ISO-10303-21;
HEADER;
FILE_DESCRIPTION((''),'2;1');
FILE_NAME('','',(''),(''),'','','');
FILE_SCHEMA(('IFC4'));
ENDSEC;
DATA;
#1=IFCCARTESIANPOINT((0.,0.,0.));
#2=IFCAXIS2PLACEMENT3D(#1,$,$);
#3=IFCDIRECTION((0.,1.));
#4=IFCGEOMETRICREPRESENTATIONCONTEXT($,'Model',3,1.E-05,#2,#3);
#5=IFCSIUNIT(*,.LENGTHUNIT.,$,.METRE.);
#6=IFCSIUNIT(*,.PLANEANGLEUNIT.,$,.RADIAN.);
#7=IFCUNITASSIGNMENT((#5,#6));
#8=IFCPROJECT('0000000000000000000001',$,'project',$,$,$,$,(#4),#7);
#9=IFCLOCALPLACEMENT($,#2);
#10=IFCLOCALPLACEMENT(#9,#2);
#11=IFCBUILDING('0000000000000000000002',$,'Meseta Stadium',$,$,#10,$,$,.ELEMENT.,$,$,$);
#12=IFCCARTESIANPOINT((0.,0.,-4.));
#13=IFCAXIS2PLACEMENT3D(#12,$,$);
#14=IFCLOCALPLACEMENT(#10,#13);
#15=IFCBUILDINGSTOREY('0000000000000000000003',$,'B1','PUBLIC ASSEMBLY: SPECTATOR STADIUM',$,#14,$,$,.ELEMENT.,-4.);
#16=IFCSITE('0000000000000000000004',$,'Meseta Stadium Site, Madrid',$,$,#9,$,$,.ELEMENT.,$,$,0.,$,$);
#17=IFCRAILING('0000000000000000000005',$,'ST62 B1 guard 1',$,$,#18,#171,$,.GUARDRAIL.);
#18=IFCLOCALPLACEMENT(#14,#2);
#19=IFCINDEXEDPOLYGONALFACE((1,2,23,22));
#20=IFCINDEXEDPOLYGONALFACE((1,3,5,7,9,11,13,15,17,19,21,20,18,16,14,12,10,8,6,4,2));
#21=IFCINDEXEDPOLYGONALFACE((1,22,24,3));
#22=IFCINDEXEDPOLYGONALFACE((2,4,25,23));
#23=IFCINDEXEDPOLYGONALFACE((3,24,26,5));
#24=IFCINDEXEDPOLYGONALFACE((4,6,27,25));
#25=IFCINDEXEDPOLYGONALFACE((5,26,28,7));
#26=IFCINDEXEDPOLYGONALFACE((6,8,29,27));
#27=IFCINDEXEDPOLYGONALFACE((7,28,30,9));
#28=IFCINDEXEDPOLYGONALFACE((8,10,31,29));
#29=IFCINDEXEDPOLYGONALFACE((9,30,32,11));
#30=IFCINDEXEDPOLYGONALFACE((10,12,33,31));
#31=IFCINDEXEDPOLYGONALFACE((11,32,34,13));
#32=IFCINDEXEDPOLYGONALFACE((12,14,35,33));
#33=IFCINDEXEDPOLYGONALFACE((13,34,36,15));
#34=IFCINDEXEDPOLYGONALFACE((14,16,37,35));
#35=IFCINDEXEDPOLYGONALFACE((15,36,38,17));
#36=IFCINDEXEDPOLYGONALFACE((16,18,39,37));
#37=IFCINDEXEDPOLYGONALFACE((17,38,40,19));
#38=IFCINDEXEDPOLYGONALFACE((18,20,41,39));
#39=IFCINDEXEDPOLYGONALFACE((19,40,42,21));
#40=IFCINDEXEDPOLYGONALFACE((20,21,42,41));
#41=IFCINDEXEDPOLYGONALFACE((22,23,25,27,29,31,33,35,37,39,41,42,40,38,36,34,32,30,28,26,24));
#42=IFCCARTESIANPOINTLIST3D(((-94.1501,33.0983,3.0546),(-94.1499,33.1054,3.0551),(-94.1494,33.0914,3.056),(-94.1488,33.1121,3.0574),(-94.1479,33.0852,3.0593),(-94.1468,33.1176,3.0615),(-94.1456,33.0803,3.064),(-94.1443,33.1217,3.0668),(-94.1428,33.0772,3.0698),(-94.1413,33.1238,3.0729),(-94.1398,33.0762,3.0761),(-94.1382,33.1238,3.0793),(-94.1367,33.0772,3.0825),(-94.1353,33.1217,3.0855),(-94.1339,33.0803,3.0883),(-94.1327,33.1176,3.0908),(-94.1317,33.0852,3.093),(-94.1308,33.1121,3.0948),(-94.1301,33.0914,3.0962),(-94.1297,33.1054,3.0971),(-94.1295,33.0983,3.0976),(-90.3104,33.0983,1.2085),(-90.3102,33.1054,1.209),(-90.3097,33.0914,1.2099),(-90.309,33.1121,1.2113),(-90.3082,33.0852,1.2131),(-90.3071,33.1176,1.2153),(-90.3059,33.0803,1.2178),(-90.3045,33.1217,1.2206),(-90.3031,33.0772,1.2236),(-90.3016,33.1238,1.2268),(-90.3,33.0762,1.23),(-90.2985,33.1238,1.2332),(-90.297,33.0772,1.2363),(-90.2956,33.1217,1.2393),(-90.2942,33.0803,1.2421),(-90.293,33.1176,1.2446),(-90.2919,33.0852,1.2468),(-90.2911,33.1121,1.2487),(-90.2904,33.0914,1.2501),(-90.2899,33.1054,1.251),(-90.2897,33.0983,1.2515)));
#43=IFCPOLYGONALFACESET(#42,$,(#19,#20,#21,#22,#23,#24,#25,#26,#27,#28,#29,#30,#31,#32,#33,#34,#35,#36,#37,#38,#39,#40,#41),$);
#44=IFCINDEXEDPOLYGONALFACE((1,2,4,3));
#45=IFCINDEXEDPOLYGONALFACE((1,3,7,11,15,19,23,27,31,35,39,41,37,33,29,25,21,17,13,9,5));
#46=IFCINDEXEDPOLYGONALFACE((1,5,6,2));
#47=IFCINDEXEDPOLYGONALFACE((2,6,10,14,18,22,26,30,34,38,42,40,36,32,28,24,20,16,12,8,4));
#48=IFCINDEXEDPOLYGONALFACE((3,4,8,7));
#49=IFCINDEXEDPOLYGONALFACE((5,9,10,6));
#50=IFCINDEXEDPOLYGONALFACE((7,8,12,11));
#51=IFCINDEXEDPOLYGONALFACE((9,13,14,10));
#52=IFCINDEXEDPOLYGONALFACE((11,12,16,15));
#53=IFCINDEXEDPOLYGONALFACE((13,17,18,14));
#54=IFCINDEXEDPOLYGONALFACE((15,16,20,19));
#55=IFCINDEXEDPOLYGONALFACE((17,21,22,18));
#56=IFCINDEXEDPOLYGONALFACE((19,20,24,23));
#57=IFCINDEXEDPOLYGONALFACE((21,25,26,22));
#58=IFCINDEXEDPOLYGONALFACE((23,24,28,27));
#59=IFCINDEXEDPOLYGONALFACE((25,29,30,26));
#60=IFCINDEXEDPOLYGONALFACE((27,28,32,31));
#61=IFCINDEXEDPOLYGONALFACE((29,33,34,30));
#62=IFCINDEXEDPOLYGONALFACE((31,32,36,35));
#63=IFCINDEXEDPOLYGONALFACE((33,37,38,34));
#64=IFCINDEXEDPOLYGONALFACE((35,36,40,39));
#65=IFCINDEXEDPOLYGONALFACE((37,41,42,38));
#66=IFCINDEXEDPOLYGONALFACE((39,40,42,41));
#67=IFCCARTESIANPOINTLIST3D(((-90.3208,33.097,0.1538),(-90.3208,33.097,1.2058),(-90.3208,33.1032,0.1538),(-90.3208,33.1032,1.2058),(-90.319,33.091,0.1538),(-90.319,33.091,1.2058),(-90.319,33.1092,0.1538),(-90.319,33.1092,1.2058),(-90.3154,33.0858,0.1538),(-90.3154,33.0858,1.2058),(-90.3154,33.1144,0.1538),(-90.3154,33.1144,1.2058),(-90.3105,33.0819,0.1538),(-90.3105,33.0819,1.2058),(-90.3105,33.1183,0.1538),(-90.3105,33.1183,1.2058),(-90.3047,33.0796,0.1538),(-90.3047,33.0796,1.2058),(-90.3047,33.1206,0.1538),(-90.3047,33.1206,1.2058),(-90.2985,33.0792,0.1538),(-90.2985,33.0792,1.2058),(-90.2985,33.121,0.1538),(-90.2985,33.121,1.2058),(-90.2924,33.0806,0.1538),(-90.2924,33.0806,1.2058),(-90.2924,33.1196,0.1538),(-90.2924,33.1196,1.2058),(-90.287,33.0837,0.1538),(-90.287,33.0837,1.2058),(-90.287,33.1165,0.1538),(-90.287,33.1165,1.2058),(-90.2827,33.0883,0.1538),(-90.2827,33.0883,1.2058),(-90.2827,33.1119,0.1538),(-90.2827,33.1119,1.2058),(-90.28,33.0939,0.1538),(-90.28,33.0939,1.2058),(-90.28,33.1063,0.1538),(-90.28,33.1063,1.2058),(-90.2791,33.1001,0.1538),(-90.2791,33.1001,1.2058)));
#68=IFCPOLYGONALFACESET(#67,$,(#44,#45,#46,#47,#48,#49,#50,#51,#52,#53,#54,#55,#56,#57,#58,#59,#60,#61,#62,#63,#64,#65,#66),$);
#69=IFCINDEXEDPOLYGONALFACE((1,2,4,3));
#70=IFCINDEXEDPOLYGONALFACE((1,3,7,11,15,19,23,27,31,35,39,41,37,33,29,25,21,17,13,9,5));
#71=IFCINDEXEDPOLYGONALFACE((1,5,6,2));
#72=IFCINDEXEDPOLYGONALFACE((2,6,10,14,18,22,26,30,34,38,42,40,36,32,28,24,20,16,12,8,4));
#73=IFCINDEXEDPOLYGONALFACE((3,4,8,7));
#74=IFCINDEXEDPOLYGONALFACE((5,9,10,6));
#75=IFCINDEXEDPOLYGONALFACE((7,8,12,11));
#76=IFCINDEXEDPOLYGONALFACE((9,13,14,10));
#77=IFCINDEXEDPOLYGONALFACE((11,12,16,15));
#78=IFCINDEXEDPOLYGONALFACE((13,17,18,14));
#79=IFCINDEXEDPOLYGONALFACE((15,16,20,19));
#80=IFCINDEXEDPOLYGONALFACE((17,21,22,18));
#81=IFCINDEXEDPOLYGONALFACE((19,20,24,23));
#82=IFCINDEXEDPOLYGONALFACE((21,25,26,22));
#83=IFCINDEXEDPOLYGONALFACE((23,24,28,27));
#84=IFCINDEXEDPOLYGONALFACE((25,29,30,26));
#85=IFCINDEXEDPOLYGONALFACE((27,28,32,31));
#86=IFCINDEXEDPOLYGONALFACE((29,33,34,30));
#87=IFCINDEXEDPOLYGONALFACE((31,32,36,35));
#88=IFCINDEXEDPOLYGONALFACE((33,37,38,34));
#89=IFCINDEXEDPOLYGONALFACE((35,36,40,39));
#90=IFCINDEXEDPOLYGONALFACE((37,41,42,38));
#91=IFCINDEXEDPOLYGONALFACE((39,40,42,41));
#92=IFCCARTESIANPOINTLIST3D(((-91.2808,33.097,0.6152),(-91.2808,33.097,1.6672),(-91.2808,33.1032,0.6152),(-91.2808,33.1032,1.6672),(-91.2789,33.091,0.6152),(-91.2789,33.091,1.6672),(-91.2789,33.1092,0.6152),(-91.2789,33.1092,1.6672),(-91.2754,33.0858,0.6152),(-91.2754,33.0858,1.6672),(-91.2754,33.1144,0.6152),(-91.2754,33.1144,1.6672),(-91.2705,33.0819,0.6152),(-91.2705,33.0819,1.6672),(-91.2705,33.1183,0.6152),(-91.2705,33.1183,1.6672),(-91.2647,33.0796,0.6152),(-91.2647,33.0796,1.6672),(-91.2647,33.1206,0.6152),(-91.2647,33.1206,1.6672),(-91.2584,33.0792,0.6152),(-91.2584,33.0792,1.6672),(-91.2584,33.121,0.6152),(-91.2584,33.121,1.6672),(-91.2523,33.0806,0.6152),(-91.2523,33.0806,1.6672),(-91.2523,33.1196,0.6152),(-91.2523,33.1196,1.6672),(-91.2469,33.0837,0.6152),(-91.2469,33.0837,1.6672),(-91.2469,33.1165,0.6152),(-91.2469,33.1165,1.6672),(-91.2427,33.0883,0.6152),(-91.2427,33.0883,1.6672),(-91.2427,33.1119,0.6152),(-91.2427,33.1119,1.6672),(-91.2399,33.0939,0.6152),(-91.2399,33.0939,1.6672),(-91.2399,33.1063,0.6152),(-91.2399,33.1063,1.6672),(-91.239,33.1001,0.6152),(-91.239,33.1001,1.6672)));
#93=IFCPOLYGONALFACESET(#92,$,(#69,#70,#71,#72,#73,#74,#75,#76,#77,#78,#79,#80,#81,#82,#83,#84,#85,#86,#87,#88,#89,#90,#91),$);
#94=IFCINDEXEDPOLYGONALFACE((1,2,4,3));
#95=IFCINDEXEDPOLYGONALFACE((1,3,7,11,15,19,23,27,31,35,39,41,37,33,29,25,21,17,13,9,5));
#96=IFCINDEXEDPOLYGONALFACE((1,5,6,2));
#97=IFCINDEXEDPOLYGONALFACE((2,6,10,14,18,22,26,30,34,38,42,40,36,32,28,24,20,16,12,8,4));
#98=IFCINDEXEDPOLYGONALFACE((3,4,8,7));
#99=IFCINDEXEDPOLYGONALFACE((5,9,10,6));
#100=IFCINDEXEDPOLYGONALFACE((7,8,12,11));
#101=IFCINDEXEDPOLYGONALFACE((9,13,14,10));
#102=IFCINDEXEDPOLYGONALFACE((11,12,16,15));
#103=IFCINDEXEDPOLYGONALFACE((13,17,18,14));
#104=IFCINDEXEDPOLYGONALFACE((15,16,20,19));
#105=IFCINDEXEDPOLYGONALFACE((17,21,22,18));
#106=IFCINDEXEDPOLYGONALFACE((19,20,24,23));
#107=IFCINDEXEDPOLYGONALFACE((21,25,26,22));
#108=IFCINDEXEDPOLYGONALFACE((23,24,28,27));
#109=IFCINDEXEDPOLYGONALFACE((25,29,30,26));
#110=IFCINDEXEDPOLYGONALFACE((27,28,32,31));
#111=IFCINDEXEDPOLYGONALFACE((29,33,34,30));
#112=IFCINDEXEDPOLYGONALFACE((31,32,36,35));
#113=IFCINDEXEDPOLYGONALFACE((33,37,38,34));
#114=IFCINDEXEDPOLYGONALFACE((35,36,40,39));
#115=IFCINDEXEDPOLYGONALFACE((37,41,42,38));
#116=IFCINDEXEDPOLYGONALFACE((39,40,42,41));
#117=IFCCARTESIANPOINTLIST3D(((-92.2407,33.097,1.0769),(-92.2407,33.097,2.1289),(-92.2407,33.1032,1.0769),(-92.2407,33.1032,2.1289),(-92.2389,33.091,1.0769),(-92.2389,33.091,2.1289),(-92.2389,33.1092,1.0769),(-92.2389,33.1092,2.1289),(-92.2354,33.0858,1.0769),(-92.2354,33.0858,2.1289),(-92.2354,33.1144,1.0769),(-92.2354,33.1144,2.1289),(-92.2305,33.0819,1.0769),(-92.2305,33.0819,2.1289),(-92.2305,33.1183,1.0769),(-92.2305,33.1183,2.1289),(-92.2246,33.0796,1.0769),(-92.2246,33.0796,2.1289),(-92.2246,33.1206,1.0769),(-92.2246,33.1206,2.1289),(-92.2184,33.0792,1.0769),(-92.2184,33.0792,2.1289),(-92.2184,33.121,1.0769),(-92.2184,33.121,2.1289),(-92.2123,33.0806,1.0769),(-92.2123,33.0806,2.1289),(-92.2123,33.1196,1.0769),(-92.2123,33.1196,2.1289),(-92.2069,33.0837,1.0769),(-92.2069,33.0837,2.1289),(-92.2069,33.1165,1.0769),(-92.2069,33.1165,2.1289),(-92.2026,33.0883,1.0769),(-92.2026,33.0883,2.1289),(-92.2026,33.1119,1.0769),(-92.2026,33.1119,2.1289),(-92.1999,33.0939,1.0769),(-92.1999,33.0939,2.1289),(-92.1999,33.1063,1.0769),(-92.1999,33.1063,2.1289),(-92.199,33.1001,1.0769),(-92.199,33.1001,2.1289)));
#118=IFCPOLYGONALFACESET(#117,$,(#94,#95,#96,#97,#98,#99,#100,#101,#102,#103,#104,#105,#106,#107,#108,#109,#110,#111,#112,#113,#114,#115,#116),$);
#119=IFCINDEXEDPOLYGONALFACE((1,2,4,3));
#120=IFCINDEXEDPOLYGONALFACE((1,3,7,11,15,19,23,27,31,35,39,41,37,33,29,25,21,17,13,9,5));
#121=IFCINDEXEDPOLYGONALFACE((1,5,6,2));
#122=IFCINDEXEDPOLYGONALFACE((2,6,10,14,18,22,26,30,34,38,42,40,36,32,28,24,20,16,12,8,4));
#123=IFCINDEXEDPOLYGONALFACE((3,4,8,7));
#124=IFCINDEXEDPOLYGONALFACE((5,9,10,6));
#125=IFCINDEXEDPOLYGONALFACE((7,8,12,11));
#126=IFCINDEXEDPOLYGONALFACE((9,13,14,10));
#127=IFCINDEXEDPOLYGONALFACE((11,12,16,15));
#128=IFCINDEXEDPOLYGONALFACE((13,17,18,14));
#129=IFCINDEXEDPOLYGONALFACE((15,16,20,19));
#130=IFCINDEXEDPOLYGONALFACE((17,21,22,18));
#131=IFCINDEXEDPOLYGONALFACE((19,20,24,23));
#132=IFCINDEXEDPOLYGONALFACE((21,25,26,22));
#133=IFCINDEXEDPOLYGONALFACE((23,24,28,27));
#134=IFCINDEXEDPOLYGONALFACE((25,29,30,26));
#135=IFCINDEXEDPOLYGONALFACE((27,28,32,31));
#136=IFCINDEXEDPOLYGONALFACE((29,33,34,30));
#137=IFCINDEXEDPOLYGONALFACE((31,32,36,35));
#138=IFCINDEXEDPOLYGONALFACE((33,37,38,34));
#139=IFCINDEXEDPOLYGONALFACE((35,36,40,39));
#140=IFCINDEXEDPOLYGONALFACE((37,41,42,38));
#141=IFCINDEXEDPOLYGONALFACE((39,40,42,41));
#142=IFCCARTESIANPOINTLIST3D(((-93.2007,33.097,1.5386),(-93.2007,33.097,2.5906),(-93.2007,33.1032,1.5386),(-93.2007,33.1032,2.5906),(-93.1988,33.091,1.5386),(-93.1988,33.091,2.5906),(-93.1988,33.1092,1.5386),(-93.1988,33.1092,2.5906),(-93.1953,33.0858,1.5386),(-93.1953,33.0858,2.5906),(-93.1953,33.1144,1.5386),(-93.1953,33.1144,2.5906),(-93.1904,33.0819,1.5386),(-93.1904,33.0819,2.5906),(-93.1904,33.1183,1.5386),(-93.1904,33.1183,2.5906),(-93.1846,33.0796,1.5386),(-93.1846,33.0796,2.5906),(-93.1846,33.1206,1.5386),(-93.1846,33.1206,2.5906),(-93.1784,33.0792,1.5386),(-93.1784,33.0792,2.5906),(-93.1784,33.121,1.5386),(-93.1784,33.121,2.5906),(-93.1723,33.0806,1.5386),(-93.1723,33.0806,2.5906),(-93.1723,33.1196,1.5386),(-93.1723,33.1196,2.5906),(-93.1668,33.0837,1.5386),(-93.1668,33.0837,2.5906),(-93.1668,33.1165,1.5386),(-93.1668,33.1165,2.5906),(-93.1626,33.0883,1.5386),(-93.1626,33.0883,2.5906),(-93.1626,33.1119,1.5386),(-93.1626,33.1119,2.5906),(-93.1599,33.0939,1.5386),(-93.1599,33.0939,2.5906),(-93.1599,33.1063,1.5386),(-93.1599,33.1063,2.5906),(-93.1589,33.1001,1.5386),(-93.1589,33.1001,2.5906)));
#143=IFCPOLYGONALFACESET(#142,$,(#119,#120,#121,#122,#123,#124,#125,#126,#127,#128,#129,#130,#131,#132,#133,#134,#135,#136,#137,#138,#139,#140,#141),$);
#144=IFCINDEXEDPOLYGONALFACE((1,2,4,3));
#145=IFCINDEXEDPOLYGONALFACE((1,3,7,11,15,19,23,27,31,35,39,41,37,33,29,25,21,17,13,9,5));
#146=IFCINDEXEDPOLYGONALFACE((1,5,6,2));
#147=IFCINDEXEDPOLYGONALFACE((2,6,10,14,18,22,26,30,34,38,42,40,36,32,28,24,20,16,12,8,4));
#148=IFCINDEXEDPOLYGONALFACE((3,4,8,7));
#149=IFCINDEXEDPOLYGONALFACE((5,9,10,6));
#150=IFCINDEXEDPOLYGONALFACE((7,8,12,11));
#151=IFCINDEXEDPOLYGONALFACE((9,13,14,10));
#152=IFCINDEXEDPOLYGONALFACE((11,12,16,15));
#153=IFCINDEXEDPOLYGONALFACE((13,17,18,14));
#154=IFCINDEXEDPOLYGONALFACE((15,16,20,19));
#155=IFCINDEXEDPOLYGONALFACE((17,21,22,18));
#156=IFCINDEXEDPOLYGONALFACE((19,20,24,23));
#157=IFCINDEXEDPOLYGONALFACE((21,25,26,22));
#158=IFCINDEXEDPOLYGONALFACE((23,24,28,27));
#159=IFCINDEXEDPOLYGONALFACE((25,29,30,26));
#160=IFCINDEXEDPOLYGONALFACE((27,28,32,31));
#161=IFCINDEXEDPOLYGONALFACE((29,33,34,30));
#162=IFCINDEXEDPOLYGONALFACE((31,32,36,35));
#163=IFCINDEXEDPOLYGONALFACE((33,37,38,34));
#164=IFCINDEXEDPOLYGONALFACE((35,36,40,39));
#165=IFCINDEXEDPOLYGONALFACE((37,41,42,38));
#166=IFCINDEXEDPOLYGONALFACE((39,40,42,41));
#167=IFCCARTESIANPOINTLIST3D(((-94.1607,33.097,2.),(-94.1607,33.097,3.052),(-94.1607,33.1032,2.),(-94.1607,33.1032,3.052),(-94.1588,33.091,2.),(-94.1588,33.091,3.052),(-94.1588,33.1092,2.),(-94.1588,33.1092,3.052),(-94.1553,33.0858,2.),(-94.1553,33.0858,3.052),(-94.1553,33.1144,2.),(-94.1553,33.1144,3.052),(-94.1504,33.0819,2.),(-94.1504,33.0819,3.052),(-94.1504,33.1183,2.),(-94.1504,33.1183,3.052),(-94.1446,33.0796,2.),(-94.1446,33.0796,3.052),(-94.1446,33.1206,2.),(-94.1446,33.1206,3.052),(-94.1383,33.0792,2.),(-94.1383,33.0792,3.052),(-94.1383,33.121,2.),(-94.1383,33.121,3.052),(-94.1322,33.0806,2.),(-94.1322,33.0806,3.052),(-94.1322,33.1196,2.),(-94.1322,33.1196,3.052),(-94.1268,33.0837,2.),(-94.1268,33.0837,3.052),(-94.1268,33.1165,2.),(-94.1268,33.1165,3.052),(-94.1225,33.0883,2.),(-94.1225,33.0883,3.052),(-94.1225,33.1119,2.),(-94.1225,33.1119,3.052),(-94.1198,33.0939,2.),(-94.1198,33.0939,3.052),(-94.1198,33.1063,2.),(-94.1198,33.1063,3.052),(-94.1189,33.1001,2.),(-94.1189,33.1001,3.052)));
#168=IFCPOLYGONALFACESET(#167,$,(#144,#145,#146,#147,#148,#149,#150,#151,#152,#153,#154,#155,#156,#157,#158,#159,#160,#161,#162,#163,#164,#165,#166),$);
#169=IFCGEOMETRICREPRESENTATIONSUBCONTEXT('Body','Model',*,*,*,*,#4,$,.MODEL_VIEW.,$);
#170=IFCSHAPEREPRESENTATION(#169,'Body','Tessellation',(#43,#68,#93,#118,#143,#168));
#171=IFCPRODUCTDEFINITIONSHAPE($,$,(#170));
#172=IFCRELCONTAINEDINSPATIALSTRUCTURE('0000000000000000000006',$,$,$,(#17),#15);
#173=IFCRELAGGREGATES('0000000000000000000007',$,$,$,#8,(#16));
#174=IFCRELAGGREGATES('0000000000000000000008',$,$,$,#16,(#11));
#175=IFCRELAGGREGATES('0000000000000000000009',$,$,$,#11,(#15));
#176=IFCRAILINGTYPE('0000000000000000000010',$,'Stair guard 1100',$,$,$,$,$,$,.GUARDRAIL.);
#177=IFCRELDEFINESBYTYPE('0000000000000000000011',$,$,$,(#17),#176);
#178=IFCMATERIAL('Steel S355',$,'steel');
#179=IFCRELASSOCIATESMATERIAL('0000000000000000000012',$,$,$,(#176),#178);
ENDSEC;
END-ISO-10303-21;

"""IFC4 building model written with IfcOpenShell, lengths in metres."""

from ifc_helpers import new_model, si_unit, direction, frame, origin, origin_2d, place, context, subcontext, project, spatial, circle, extrude, material, type_object, element, save


model = new_model("IFC4")

# Units and contexts
model_context = context("Model", 3, precision=1e-05, world=origin(), true_north=direction((0.0, 1.0)))
body_context = subcontext(model_context, "Body", "Model", "MODEL_VIEW")
ifc_project = project(units=[si_unit("LENGTHUNIT", "METRE"), si_unit("PLANEANGLEUNIT", "RADIAN")], contexts=[model_context])

# Site, building, storey
site_placement = place(None, origin())
site = spatial("IfcSite", under=ifc_project, at=site_placement, Name="Meseta Stadium Site, Madrid", CompositionType="ELEMENT", RefElevation=0.0)
building_placement = place(site_placement, origin())
building = spatial("IfcBuilding", under=site, at=building_placement, Name="Meseta Stadium", CompositionType="ELEMENT")
storey_placement = place(building_placement, frame((0.0, 0.0, -4.0)))
storey = spatial("IfcBuildingStorey", under=building, at=storey_placement, Name="B1", Description="PUBLIC ASSEMBLY: SPECTATOR STADIUM", CompositionType="ELEMENT", Elevation=-4.0)

# Railing
ifc_material_1 = material(Name="Steel S355", Category="steel")
railing_type_1 = type_object("IfcRailingType", Name="Stair guard 1100", PredefinedType="GUARDRAIL", material=ifc_material_1)
railing_1_placement = place(storey_placement, frame((-90.3, 33.1001, 0.1538)))
element("IfcRailing", 1, at=railing_1_placement, inside=storey, type_object=railing_type_1, Name="ST62 B1 guard 1", PredefinedType="GUARDRAIL", context=body_context, shape_type="SweptSolid", body=[
    extrude(circle(Radius=0.0239, at=origin_2d()), frame((0.0, 0.0, 1.0762), z_axis=(-0.901242, 0.0, 0.433316), x_axis=(0.0, -1.0, 0.0)), (0.0, 0.0, 1.0), 4.2605),
    extrude(circle(Radius=0.021, at=origin_2d()), origin(), (0.0, 0.0, 1.0), 1.052),
    extrude(circle(Radius=0.021, at=origin_2d()), frame((-0.96, 0.0, 0.4614)), (0.0, 0.0, 1.0), 1.052),
    extrude(circle(Radius=0.021, at=origin_2d()), frame((-1.9199, 0.0, 0.9231)), (0.0, 0.0, 1.0), 1.052),
    extrude(circle(Radius=0.021, at=origin_2d()), frame((-2.8799, 0.0, 1.3848)), (0.0, 0.0, 1.0), 1.052),
    extrude(circle(Radius=0.021, at=origin_2d()), frame((-3.8398, 0.0, 1.8462)), (0.0, 0.0, 1.0), 1.052),
])

save(model, "model.ifc")
